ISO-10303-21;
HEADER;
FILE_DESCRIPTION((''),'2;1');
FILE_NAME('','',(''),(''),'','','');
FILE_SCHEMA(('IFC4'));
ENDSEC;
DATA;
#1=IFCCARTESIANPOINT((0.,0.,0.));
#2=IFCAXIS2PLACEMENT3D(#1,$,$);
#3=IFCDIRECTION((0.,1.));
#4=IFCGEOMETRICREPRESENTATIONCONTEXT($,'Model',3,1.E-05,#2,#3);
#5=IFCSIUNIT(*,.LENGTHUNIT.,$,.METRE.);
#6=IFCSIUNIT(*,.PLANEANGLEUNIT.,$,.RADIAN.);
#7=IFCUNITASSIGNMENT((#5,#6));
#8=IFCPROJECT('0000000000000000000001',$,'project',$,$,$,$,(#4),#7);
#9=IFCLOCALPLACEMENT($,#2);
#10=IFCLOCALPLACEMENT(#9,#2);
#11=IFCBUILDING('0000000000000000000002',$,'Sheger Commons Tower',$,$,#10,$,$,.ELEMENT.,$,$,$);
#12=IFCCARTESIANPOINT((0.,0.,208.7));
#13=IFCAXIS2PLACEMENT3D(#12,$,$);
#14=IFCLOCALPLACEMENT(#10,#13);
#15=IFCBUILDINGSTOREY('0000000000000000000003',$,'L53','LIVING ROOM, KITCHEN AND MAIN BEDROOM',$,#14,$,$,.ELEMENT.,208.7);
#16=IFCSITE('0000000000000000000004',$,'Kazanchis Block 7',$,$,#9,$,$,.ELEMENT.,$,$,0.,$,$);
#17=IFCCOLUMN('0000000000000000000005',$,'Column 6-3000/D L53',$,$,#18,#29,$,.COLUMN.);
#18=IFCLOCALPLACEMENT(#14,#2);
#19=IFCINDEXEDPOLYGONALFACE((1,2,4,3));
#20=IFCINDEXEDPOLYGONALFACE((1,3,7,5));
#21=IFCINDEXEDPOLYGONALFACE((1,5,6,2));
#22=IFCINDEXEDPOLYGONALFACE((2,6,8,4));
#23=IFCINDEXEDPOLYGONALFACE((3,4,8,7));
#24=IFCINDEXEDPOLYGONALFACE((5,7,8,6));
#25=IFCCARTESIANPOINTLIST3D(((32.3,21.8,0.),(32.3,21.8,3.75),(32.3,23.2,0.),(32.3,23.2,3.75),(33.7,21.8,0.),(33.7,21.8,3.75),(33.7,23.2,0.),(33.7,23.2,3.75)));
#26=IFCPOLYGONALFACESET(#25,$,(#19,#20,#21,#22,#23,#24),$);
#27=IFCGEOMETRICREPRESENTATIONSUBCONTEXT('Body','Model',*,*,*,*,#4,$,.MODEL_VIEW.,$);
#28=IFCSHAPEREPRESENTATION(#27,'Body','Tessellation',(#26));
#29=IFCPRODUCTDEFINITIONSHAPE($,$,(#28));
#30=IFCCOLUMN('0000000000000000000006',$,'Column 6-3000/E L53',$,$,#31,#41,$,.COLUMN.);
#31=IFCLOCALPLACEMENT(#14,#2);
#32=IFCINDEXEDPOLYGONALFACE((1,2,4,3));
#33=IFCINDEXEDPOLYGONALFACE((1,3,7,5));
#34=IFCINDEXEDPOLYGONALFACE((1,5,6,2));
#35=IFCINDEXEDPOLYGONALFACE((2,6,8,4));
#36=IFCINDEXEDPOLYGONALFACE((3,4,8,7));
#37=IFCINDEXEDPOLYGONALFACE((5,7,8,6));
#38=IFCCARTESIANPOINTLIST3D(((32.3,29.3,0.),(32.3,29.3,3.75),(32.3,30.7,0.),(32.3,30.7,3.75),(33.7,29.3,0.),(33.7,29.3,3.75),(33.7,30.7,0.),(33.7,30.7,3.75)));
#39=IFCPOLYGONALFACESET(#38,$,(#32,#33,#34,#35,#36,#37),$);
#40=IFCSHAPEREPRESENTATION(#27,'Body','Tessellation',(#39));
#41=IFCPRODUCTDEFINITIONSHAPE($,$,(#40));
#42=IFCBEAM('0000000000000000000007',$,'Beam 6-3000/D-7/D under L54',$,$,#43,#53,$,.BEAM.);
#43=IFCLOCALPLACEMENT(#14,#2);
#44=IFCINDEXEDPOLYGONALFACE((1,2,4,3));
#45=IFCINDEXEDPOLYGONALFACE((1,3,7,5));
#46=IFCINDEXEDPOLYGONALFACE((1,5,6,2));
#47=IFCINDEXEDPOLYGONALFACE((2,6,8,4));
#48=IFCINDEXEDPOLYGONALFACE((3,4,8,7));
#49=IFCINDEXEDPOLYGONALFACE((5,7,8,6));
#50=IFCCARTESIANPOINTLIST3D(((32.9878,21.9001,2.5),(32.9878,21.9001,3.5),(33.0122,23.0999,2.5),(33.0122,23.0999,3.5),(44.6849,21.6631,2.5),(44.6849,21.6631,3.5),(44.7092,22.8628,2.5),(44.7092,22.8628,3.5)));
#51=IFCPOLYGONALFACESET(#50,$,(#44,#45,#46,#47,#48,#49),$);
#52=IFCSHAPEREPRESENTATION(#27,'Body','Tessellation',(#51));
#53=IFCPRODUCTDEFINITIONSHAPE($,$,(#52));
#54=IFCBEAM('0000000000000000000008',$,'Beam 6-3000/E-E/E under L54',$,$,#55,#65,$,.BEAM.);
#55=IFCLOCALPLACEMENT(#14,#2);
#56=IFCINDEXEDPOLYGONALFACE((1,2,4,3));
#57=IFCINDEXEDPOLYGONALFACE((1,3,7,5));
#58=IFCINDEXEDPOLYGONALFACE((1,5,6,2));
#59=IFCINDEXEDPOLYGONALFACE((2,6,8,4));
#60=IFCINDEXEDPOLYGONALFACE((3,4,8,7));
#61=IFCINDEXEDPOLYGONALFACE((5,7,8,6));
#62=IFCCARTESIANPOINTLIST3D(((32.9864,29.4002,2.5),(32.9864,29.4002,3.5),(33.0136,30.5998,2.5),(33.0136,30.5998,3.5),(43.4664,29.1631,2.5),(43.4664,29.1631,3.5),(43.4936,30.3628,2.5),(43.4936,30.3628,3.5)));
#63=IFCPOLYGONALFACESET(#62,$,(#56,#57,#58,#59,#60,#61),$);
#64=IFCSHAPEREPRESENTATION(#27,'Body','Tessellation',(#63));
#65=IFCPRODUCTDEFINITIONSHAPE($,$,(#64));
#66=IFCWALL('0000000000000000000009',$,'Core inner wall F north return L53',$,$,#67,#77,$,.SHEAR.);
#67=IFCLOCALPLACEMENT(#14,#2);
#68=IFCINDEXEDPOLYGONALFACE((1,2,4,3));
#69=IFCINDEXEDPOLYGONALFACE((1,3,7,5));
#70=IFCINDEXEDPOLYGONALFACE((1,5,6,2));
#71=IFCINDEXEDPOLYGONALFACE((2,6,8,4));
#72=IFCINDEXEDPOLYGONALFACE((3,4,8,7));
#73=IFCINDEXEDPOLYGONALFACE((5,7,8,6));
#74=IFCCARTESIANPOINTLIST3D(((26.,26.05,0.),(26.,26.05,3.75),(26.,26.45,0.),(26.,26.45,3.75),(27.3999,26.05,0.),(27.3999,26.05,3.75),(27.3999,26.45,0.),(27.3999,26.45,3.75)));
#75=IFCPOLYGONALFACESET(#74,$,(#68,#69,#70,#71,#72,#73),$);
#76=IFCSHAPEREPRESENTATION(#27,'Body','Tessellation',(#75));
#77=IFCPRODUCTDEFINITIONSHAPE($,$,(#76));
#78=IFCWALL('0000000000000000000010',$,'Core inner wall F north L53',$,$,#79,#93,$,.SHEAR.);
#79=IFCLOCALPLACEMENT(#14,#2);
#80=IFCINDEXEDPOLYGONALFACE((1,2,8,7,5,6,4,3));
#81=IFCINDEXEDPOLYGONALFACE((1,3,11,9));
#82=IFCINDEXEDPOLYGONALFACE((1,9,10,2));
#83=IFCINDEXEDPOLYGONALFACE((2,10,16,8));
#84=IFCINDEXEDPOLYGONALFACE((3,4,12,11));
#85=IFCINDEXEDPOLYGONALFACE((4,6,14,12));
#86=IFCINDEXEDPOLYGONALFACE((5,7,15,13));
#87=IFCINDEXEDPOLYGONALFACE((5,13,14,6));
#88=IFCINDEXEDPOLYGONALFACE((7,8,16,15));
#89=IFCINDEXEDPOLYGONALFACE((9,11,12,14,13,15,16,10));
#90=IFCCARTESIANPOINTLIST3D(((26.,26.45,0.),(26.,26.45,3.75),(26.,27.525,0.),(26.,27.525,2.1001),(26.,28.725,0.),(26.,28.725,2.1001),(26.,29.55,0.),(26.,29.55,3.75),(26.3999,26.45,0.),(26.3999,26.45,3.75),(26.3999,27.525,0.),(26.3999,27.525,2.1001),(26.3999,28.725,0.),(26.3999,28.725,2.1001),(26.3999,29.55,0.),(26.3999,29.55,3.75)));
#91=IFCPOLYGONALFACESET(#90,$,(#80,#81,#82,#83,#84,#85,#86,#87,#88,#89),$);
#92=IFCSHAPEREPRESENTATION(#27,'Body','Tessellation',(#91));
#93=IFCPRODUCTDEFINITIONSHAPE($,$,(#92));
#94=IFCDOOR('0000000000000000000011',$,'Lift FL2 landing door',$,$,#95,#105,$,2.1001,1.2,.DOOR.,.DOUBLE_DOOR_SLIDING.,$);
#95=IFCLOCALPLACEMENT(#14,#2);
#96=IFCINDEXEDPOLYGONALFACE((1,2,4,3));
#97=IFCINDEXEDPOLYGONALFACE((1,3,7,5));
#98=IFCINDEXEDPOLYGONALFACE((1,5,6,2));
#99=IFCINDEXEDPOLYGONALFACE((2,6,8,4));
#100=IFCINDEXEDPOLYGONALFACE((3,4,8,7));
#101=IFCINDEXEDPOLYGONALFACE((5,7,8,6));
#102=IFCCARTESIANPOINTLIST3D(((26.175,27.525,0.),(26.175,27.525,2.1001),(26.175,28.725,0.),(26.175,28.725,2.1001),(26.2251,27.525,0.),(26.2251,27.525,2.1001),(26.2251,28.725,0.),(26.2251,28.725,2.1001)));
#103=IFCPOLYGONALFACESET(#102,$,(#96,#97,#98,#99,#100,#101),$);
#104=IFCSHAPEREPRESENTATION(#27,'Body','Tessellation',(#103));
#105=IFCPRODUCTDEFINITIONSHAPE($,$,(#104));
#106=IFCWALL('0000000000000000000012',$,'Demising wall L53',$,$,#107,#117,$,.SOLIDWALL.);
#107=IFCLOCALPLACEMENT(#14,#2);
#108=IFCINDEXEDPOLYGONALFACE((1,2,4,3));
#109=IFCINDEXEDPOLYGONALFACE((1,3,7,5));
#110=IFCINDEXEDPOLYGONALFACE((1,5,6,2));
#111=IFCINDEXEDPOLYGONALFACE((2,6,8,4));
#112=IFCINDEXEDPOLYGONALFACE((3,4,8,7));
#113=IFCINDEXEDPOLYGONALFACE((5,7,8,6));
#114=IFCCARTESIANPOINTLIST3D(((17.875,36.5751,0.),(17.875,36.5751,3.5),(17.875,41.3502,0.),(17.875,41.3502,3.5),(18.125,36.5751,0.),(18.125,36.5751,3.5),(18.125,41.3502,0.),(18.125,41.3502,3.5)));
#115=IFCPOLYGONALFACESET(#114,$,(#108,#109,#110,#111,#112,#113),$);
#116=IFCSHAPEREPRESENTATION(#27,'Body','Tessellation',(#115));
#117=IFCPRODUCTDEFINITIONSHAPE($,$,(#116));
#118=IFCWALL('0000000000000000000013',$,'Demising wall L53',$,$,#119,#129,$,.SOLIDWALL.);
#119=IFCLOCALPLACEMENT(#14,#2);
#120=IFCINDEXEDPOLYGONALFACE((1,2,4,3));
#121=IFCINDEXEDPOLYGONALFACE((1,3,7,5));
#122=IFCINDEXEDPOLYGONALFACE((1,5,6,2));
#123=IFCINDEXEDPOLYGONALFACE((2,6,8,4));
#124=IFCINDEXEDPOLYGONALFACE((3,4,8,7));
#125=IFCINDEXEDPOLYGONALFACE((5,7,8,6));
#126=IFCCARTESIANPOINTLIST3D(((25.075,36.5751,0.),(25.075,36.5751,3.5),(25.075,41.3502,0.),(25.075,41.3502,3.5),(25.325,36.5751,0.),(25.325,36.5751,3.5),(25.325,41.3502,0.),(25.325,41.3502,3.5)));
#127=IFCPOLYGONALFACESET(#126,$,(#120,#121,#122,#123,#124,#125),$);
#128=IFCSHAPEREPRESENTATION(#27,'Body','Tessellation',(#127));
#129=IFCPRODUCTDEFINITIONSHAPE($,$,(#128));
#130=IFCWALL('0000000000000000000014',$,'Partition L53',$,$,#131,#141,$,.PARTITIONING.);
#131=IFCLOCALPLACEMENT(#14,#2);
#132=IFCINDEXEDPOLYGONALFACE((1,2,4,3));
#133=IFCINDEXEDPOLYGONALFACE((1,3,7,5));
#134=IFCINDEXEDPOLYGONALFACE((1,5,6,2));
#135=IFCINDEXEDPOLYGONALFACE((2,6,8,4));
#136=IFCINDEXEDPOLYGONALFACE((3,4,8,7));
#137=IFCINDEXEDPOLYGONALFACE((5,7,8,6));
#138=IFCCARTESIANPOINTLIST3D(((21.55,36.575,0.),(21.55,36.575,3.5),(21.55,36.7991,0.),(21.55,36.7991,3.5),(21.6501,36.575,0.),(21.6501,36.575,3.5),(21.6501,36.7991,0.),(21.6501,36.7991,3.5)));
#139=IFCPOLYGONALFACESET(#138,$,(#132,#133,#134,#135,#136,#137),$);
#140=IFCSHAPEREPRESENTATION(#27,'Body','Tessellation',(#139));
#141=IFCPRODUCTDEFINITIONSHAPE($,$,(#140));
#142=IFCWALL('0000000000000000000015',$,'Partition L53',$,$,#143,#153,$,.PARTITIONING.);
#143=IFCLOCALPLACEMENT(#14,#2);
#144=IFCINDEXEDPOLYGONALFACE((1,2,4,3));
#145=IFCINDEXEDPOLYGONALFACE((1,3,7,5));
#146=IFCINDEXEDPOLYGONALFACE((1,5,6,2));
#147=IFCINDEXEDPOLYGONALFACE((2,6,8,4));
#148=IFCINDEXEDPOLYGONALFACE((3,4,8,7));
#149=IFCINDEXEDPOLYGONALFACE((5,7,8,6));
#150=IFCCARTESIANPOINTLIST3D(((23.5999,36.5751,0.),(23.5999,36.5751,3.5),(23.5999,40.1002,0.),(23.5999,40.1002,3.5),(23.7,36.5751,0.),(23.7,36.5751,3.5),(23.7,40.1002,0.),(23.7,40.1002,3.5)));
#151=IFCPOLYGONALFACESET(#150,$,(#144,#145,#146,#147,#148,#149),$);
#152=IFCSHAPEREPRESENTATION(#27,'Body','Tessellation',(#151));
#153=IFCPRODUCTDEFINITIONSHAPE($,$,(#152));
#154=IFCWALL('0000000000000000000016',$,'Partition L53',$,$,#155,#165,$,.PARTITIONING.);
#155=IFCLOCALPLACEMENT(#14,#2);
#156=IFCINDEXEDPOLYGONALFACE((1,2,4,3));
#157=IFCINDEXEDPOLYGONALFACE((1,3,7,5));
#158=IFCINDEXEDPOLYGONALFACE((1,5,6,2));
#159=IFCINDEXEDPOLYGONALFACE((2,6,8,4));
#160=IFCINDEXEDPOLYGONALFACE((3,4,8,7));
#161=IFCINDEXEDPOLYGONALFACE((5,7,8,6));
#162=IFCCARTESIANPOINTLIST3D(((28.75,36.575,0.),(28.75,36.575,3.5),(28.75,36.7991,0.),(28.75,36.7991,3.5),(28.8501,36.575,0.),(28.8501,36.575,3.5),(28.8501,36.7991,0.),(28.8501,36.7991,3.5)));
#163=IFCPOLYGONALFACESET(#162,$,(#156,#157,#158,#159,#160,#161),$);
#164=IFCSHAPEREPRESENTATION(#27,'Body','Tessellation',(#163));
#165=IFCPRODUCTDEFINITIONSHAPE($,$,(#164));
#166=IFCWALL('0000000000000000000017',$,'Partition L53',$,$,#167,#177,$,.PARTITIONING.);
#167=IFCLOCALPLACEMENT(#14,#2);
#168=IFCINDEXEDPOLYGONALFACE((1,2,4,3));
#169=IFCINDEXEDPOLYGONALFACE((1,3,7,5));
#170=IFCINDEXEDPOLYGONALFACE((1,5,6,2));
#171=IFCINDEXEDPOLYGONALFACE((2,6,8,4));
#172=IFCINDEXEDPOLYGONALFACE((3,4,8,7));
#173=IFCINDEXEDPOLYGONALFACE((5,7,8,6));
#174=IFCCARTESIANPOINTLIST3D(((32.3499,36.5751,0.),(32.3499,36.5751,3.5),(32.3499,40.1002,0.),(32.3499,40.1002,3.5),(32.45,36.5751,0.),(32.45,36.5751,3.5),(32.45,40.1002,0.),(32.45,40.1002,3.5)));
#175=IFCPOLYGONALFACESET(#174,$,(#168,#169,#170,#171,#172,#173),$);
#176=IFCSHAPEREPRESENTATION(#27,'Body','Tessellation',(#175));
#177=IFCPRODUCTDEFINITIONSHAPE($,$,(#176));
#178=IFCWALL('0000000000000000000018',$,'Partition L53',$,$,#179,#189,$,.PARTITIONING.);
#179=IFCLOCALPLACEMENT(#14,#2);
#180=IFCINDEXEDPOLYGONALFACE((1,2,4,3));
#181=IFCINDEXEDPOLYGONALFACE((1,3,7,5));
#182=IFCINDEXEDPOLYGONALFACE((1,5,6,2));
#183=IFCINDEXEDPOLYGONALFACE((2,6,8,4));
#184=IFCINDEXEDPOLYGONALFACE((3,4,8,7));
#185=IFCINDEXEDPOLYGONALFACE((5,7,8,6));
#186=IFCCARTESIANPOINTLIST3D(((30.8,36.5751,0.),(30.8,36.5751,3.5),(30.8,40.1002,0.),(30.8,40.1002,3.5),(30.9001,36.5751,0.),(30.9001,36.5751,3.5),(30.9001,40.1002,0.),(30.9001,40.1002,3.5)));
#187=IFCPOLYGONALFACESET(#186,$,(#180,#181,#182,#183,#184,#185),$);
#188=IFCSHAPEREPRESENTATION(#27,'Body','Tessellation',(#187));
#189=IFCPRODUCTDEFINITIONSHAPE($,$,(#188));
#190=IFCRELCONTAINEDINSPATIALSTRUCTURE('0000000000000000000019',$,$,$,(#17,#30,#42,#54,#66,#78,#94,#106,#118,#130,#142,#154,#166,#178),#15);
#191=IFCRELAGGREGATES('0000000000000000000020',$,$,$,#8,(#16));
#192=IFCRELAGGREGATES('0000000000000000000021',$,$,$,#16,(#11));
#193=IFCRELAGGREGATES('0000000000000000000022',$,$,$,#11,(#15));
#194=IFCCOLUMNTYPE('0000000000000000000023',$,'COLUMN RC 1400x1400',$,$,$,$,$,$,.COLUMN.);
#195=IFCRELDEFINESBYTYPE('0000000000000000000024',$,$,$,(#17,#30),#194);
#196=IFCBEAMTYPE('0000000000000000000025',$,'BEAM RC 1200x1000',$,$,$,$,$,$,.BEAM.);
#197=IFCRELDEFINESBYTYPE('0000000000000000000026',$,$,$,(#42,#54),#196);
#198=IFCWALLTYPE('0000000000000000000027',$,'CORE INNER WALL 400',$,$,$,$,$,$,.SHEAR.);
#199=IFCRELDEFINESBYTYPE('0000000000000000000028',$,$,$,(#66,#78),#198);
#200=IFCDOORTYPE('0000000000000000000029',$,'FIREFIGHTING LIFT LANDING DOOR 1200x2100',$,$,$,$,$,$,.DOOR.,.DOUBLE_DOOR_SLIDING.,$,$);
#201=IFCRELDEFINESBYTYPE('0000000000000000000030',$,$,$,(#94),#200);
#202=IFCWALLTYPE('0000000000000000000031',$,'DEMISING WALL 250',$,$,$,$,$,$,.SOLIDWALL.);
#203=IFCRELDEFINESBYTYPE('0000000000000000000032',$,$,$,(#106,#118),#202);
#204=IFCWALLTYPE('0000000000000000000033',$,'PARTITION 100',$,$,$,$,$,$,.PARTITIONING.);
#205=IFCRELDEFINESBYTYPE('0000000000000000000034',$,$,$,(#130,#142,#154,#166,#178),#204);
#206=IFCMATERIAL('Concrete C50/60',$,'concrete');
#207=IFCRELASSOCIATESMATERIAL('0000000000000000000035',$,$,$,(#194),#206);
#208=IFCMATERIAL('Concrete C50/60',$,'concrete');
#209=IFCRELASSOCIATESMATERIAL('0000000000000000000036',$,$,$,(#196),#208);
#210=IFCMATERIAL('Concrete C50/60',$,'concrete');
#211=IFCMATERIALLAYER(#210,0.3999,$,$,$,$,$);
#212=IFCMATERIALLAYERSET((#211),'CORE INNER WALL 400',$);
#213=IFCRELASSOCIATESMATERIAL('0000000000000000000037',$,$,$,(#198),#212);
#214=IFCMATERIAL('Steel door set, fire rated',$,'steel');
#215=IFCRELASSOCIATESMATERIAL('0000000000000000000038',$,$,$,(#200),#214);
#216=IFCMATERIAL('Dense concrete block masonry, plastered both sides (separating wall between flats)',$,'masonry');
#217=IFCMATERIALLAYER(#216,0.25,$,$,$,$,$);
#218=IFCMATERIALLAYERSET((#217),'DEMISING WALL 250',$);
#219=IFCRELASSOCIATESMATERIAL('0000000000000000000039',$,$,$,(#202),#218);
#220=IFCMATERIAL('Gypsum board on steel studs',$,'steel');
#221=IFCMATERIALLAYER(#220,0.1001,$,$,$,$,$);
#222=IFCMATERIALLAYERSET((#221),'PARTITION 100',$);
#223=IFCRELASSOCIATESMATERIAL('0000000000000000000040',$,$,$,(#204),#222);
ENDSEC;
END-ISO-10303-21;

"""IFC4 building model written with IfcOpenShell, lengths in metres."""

from ifc_helpers import new_model, si_unit, direction, frame, frame_2d, origin, origin_2d, place, context, subcontext, project, spatial, rectangle, extrude, material, layer, layer_set, material_profile, profile_set, type_object, element, fill, save


model = new_model("IFC4")

# Units and contexts
model_context = context("Model", 3, precision=1e-05, world=origin(), true_north=direction((0.0, 1.0)))
body_context = subcontext(model_context, "Body", "Model", "MODEL_VIEW")
ifc_project = project(units=[si_unit("LENGTHUNIT", "METRE"), si_unit("PLANEANGLEUNIT", "RADIAN")], contexts=[model_context])

# Site, building, storey
site_placement = place(None, origin())
site = spatial("IfcSite", under=ifc_project, at=site_placement, Name="Kazanchis Block 7", CompositionType="ELEMENT", RefElevation=0.0)
building_placement = place(site_placement, origin())
building = spatial("IfcBuilding", under=site, at=building_placement, Name="Sheger Commons Tower", CompositionType="ELEMENT")
storey_placement = place(building_placement, frame((0.0, 0.0, 208.7)))
storey = spatial("IfcBuildingStorey", under=building, at=storey_placement, Name="L53", Description="LIVING ROOM, KITCHEN AND MAIN BEDROOM", CompositionType="ELEMENT", Elevation=208.7)

# Columns
ifc_material_1 = material(Name="Concrete C50/60", Category="concrete")
ifc_material_profile_1 = material_profile(ifc_material_1, rectangle(XDim=1.3999, YDim=1.3999, at=origin_2d()), Name="RC 1400x1400")
ifc_profile_set_1 = profile_set([ifc_material_profile_1], Name="Concrete C50/60")
column_type = type_object("IfcColumnType", Name="COLUMN RC 1400x1400", PredefinedType="COLUMN", material=ifc_profile_set_1)
for number, where, z_axis, x_axis, name in (
    (1, (33.0, 22.5, 0.0), (0.0, 0.0, 1.0), (1.0, 0.0, 0.0), "Column 6-3000/D L53"),
    (2, (33.0, 30.0, 0.0), (0.0, 0.0, 1.0), (1.0, 0.0, 0.0), "Column 6-3000/E L53"),
):
    element("IfcColumn", number, at=place(storey_placement, frame(where, z_axis=z_axis, x_axis=x_axis)), inside=storey, type_object=column_type, Name=name, PredefinedType="COLUMN", context=body_context, shape_type="SweptSolid", body=[
        extrude(rectangle(XDim=1.3999, YDim=1.3999, at=origin_2d()), origin(), (0.0, 0.0, 1.0), 3.75),
    ])

# Beams
ifc_material_2 = material(Name="Concrete C50/60", Category="concrete")
ifc_material_profile_2 = material_profile(ifc_material_2, rectangle(XDim=1.2, YDim=1.0, at=origin_2d()), Name="RC 1200x1000")
ifc_profile_set_2 = profile_set([ifc_material_profile_2], Name="Concrete C50/60")
beam_type = type_object("IfcBeamType", Name="BEAM RC 1200x1000", PredefinedType="BEAM", material=ifc_profile_set_2)
beam_1_placement = place(storey_placement, frame((33.0, 22.5, 3.0), z_axis=(0.999795, -0.020263, 0.0), x_axis=(0.020263, 0.999795, 0.0)))
element("IfcBeam", 3, at=beam_1_placement, inside=storey, type_object=beam_type, Name="Beam 6-3000/D-7/D under L54", PredefinedType="BEAM", context=body_context, shape_type="SweptSolid", body=[
    extrude(rectangle(XDim=1.2, YDim=1.0, at=origin_2d()), origin(), (0.0, 0.0, 1.0), 11.6995),
])
beam_2_placement = place(storey_placement, frame((33.0, 30.0, 3.0), z_axis=(0.999744, -0.022615, 0.0), x_axis=(0.022615, 0.999744, 0.0)))
element("IfcBeam", 4, at=beam_2_placement, inside=storey, type_object=beam_type, Name="Beam 6-3000/E-E/E under L54", PredefinedType="BEAM", context=body_context, shape_type="SweptSolid", body=[
    extrude(rectangle(XDim=1.2, YDim=1.0, at=origin_2d()), origin(), (0.0, 0.0, 1.0), 10.4827),
])

# Wall
ifc_material_3 = material(Name="Concrete C50/60", Category="concrete")
ifc_layer_1 = layer(ifc_material_3, 0.3999)
ifc_layer_set_1 = layer_set([ifc_layer_1], Name="CORE INNER WALL 400")
wall_type_1 = type_object("IfcWallType", Name="CORE INNER WALL 400", PredefinedType="SHEAR", material=ifc_layer_set_1)
wall_1_placement = place(storey_placement, frame((26.0, 26.25, 0.0), z_axis=(0.0, 0.0, 1.0), x_axis=(1.0, 0.0, 0.0)))
element("IfcWall", 5, at=wall_1_placement, inside=storey, type_object=wall_type_1, Name="Core inner wall F north return L53", PredefinedType="SHEAR", context=body_context, shape_type="SweptSolid", body=[
    extrude(rectangle(XDim=1.3999, YDim=0.3999, at=frame_2d((0.7, 0.0))), origin(), (0.0, 0.0, 1.0), 3.75),
])

# Wall, opening, door
wall_2_placement = place(storey_placement, frame((26.2, 26.45, 0.0), z_axis=(0.0, 0.0, 1.0), x_axis=(0.0, 1.0, 0.0)))
wall_2 = element("IfcWall", 6, at=wall_2_placement, inside=storey, type_object=wall_type_1, Name="Core inner wall F north L53", PredefinedType="SHEAR", context=body_context, shape_type="SweptSolid", body=[
    extrude(rectangle(XDim=3.1001, YDim=0.3999, at=frame_2d((1.55, 0.0))), origin(), (0.0, 0.0, 1.0), 3.75),
])
opening_1_placement = place(wall_2_placement, frame((1.075, 0.0, 0.0)))
opening_1 = element("IfcOpeningElement", 7, at=opening_1_placement, cuts=wall_2, PredefinedType="OPENING", context=body_context, shape_type="SweptSolid", body=[
    extrude(rectangle(XDim=1.2, YDim=2.1001, at=frame_2d((0.6001, 1.05))), frame((0.0, 0.21, 0.0), z_axis=(0.0, -1.0, 0.0), x_axis=(1.0, 0.0, 0.0)), (0.0, 0.0, 1.0), 0.4199),
])
ifc_material_4 = material(Name="Steel door set, fire rated", Category="steel")
door_type_1 = type_object("IfcDoorType", Name="FIREFIGHTING LIFT LANDING DOOR 1200x2100", OperationType="DOUBLE_DOOR_SLIDING", PredefinedType="DOOR", material=ifc_material_4)
door_1_placement = place(opening_1_placement, origin())
door_1 = element("IfcDoor", 8, at=door_1_placement, inside=storey, type_object=door_type_1, Name="Lift FL2 landing door", OperationType="DOUBLE_DOOR_SLIDING", OverallHeight=2.1001, OverallWidth=1.2, PredefinedType="DOOR", context=body_context, shape_type="SweptSolid", body=[
    extrude(rectangle(XDim=1.2, YDim=2.1001, at=frame_2d((0.6001, 1.05))), frame((0.0, 0.0249, 0.0), z_axis=(0.0, -1.0, 0.0), x_axis=(1.0, 0.0, 0.0)), (0.0, 0.0, 1.0), 0.05),
])
fill(opening_1, door_1)

# Walls
ifc_material_5 = material(Name="Dense concrete block masonry, plastered both sides (separating wall between flats)", Category="masonry")
ifc_layer_2 = layer(ifc_material_5, 0.25)
ifc_layer_set_2 = layer_set([ifc_layer_2], Name="DEMISING WALL 250")
wall_type_2 = type_object("IfcWallType", Name="DEMISING WALL 250", PredefinedType="SOLIDWALL", material=ifc_layer_set_2)
for number, where, z_axis, x_axis, name in (
    (9, (18.0, 36.575, 0.0), (0.0, 0.0, 1.0), (0.0, 1.0, 0.0), "Demising wall L53"),
    (10, (25.2, 36.575, 0.0), (0.0, 0.0, 1.0), (0.0, 1.0, 0.0), "Demising wall L53"),
):
    element("IfcWall", number, at=place(storey_placement, frame(where, z_axis=z_axis, x_axis=x_axis)), inside=storey, type_object=wall_type_2, Name=name, PredefinedType="SOLIDWALL", context=body_context, shape_type="SweptSolid", body=[
        extrude(rectangle(XDim=4.7751, YDim=0.25, at=frame_2d((2.3877, 0.0))), origin(), (0.0, 0.0, 1.0), 3.5),
    ])
ifc_material_6 = material(Name="Gypsum board on steel studs", Category="steel")
ifc_layer_3 = layer(ifc_material_6, 0.1001)
ifc_layer_set_3 = layer_set([ifc_layer_3], Name="PARTITION 100")
wall_type_3 = type_object("IfcWallType", Name="PARTITION 100", PredefinedType="PARTITIONING", material=ifc_layer_set_3)
wall_3_placement = place(storey_placement, frame((21.6001, 36.575, 0.0), z_axis=(0.0, 0.0, 1.0), x_axis=(0.0, 1.0, 0.0)))
element("IfcWall", 11, at=wall_3_placement, inside=storey, type_object=wall_type_3, Name="Partition L53", PredefinedType="PARTITIONING", context=body_context, shape_type="SweptSolid", body=[
    extrude(rectangle(XDim=0.2241, YDim=0.1001, at=frame_2d((0.1121, 0.0))), origin(), (0.0, 0.0, 1.0), 3.5),
])
wall_4_placement = place(storey_placement, frame((23.6499, 36.575, 0.0), z_axis=(0.0, 0.0, 1.0), x_axis=(0.0, 1.0, 0.0)))
element("IfcWall", 12, at=wall_4_placement, inside=storey, type_object=wall_type_3, Name="Partition L53", PredefinedType="PARTITIONING", context=body_context, shape_type="SweptSolid", body=[
    extrude(rectangle(XDim=3.5251, YDim=0.1001, at=frame_2d((1.7627, 0.0))), origin(), (0.0, 0.0, 1.0), 3.5),
])
wall_5_placement = place(storey_placement, frame((28.8, 36.575, 0.0), z_axis=(0.0, 0.0, 1.0), x_axis=(0.0, 1.0, 0.0)))
element("IfcWall", 13, at=wall_5_placement, inside=storey, type_object=wall_type_3, Name="Partition L53", PredefinedType="PARTITIONING", context=body_context, shape_type="SweptSolid", body=[
    extrude(rectangle(XDim=0.2241, YDim=0.1001, at=frame_2d((0.1121, 0.0))), origin(), (0.0, 0.0, 1.0), 3.5),
])
for number, where, z_axis, x_axis, name in (
    (14, (32.3999, 36.575, 0.0), (0.0, 0.0, 1.0), (0.0, 1.0, 0.0), "Partition L53"),
    (15, (30.8501, 36.575, 0.0), (0.0, 0.0, 1.0), (0.0, 1.0, 0.0), "Partition L53"),
):
    element("IfcWall", number, at=place(storey_placement, frame(where, z_axis=z_axis, x_axis=x_axis)), inside=storey, type_object=wall_type_3, Name=name, PredefinedType="PARTITIONING", context=body_context, shape_type="SweptSolid", body=[
        extrude(rectangle(XDim=3.5251, YDim=0.1001, at=frame_2d((1.7627, 0.0))), origin(), (0.0, 0.0, 1.0), 3.5),
    ])

save(model, "model.ifc")
